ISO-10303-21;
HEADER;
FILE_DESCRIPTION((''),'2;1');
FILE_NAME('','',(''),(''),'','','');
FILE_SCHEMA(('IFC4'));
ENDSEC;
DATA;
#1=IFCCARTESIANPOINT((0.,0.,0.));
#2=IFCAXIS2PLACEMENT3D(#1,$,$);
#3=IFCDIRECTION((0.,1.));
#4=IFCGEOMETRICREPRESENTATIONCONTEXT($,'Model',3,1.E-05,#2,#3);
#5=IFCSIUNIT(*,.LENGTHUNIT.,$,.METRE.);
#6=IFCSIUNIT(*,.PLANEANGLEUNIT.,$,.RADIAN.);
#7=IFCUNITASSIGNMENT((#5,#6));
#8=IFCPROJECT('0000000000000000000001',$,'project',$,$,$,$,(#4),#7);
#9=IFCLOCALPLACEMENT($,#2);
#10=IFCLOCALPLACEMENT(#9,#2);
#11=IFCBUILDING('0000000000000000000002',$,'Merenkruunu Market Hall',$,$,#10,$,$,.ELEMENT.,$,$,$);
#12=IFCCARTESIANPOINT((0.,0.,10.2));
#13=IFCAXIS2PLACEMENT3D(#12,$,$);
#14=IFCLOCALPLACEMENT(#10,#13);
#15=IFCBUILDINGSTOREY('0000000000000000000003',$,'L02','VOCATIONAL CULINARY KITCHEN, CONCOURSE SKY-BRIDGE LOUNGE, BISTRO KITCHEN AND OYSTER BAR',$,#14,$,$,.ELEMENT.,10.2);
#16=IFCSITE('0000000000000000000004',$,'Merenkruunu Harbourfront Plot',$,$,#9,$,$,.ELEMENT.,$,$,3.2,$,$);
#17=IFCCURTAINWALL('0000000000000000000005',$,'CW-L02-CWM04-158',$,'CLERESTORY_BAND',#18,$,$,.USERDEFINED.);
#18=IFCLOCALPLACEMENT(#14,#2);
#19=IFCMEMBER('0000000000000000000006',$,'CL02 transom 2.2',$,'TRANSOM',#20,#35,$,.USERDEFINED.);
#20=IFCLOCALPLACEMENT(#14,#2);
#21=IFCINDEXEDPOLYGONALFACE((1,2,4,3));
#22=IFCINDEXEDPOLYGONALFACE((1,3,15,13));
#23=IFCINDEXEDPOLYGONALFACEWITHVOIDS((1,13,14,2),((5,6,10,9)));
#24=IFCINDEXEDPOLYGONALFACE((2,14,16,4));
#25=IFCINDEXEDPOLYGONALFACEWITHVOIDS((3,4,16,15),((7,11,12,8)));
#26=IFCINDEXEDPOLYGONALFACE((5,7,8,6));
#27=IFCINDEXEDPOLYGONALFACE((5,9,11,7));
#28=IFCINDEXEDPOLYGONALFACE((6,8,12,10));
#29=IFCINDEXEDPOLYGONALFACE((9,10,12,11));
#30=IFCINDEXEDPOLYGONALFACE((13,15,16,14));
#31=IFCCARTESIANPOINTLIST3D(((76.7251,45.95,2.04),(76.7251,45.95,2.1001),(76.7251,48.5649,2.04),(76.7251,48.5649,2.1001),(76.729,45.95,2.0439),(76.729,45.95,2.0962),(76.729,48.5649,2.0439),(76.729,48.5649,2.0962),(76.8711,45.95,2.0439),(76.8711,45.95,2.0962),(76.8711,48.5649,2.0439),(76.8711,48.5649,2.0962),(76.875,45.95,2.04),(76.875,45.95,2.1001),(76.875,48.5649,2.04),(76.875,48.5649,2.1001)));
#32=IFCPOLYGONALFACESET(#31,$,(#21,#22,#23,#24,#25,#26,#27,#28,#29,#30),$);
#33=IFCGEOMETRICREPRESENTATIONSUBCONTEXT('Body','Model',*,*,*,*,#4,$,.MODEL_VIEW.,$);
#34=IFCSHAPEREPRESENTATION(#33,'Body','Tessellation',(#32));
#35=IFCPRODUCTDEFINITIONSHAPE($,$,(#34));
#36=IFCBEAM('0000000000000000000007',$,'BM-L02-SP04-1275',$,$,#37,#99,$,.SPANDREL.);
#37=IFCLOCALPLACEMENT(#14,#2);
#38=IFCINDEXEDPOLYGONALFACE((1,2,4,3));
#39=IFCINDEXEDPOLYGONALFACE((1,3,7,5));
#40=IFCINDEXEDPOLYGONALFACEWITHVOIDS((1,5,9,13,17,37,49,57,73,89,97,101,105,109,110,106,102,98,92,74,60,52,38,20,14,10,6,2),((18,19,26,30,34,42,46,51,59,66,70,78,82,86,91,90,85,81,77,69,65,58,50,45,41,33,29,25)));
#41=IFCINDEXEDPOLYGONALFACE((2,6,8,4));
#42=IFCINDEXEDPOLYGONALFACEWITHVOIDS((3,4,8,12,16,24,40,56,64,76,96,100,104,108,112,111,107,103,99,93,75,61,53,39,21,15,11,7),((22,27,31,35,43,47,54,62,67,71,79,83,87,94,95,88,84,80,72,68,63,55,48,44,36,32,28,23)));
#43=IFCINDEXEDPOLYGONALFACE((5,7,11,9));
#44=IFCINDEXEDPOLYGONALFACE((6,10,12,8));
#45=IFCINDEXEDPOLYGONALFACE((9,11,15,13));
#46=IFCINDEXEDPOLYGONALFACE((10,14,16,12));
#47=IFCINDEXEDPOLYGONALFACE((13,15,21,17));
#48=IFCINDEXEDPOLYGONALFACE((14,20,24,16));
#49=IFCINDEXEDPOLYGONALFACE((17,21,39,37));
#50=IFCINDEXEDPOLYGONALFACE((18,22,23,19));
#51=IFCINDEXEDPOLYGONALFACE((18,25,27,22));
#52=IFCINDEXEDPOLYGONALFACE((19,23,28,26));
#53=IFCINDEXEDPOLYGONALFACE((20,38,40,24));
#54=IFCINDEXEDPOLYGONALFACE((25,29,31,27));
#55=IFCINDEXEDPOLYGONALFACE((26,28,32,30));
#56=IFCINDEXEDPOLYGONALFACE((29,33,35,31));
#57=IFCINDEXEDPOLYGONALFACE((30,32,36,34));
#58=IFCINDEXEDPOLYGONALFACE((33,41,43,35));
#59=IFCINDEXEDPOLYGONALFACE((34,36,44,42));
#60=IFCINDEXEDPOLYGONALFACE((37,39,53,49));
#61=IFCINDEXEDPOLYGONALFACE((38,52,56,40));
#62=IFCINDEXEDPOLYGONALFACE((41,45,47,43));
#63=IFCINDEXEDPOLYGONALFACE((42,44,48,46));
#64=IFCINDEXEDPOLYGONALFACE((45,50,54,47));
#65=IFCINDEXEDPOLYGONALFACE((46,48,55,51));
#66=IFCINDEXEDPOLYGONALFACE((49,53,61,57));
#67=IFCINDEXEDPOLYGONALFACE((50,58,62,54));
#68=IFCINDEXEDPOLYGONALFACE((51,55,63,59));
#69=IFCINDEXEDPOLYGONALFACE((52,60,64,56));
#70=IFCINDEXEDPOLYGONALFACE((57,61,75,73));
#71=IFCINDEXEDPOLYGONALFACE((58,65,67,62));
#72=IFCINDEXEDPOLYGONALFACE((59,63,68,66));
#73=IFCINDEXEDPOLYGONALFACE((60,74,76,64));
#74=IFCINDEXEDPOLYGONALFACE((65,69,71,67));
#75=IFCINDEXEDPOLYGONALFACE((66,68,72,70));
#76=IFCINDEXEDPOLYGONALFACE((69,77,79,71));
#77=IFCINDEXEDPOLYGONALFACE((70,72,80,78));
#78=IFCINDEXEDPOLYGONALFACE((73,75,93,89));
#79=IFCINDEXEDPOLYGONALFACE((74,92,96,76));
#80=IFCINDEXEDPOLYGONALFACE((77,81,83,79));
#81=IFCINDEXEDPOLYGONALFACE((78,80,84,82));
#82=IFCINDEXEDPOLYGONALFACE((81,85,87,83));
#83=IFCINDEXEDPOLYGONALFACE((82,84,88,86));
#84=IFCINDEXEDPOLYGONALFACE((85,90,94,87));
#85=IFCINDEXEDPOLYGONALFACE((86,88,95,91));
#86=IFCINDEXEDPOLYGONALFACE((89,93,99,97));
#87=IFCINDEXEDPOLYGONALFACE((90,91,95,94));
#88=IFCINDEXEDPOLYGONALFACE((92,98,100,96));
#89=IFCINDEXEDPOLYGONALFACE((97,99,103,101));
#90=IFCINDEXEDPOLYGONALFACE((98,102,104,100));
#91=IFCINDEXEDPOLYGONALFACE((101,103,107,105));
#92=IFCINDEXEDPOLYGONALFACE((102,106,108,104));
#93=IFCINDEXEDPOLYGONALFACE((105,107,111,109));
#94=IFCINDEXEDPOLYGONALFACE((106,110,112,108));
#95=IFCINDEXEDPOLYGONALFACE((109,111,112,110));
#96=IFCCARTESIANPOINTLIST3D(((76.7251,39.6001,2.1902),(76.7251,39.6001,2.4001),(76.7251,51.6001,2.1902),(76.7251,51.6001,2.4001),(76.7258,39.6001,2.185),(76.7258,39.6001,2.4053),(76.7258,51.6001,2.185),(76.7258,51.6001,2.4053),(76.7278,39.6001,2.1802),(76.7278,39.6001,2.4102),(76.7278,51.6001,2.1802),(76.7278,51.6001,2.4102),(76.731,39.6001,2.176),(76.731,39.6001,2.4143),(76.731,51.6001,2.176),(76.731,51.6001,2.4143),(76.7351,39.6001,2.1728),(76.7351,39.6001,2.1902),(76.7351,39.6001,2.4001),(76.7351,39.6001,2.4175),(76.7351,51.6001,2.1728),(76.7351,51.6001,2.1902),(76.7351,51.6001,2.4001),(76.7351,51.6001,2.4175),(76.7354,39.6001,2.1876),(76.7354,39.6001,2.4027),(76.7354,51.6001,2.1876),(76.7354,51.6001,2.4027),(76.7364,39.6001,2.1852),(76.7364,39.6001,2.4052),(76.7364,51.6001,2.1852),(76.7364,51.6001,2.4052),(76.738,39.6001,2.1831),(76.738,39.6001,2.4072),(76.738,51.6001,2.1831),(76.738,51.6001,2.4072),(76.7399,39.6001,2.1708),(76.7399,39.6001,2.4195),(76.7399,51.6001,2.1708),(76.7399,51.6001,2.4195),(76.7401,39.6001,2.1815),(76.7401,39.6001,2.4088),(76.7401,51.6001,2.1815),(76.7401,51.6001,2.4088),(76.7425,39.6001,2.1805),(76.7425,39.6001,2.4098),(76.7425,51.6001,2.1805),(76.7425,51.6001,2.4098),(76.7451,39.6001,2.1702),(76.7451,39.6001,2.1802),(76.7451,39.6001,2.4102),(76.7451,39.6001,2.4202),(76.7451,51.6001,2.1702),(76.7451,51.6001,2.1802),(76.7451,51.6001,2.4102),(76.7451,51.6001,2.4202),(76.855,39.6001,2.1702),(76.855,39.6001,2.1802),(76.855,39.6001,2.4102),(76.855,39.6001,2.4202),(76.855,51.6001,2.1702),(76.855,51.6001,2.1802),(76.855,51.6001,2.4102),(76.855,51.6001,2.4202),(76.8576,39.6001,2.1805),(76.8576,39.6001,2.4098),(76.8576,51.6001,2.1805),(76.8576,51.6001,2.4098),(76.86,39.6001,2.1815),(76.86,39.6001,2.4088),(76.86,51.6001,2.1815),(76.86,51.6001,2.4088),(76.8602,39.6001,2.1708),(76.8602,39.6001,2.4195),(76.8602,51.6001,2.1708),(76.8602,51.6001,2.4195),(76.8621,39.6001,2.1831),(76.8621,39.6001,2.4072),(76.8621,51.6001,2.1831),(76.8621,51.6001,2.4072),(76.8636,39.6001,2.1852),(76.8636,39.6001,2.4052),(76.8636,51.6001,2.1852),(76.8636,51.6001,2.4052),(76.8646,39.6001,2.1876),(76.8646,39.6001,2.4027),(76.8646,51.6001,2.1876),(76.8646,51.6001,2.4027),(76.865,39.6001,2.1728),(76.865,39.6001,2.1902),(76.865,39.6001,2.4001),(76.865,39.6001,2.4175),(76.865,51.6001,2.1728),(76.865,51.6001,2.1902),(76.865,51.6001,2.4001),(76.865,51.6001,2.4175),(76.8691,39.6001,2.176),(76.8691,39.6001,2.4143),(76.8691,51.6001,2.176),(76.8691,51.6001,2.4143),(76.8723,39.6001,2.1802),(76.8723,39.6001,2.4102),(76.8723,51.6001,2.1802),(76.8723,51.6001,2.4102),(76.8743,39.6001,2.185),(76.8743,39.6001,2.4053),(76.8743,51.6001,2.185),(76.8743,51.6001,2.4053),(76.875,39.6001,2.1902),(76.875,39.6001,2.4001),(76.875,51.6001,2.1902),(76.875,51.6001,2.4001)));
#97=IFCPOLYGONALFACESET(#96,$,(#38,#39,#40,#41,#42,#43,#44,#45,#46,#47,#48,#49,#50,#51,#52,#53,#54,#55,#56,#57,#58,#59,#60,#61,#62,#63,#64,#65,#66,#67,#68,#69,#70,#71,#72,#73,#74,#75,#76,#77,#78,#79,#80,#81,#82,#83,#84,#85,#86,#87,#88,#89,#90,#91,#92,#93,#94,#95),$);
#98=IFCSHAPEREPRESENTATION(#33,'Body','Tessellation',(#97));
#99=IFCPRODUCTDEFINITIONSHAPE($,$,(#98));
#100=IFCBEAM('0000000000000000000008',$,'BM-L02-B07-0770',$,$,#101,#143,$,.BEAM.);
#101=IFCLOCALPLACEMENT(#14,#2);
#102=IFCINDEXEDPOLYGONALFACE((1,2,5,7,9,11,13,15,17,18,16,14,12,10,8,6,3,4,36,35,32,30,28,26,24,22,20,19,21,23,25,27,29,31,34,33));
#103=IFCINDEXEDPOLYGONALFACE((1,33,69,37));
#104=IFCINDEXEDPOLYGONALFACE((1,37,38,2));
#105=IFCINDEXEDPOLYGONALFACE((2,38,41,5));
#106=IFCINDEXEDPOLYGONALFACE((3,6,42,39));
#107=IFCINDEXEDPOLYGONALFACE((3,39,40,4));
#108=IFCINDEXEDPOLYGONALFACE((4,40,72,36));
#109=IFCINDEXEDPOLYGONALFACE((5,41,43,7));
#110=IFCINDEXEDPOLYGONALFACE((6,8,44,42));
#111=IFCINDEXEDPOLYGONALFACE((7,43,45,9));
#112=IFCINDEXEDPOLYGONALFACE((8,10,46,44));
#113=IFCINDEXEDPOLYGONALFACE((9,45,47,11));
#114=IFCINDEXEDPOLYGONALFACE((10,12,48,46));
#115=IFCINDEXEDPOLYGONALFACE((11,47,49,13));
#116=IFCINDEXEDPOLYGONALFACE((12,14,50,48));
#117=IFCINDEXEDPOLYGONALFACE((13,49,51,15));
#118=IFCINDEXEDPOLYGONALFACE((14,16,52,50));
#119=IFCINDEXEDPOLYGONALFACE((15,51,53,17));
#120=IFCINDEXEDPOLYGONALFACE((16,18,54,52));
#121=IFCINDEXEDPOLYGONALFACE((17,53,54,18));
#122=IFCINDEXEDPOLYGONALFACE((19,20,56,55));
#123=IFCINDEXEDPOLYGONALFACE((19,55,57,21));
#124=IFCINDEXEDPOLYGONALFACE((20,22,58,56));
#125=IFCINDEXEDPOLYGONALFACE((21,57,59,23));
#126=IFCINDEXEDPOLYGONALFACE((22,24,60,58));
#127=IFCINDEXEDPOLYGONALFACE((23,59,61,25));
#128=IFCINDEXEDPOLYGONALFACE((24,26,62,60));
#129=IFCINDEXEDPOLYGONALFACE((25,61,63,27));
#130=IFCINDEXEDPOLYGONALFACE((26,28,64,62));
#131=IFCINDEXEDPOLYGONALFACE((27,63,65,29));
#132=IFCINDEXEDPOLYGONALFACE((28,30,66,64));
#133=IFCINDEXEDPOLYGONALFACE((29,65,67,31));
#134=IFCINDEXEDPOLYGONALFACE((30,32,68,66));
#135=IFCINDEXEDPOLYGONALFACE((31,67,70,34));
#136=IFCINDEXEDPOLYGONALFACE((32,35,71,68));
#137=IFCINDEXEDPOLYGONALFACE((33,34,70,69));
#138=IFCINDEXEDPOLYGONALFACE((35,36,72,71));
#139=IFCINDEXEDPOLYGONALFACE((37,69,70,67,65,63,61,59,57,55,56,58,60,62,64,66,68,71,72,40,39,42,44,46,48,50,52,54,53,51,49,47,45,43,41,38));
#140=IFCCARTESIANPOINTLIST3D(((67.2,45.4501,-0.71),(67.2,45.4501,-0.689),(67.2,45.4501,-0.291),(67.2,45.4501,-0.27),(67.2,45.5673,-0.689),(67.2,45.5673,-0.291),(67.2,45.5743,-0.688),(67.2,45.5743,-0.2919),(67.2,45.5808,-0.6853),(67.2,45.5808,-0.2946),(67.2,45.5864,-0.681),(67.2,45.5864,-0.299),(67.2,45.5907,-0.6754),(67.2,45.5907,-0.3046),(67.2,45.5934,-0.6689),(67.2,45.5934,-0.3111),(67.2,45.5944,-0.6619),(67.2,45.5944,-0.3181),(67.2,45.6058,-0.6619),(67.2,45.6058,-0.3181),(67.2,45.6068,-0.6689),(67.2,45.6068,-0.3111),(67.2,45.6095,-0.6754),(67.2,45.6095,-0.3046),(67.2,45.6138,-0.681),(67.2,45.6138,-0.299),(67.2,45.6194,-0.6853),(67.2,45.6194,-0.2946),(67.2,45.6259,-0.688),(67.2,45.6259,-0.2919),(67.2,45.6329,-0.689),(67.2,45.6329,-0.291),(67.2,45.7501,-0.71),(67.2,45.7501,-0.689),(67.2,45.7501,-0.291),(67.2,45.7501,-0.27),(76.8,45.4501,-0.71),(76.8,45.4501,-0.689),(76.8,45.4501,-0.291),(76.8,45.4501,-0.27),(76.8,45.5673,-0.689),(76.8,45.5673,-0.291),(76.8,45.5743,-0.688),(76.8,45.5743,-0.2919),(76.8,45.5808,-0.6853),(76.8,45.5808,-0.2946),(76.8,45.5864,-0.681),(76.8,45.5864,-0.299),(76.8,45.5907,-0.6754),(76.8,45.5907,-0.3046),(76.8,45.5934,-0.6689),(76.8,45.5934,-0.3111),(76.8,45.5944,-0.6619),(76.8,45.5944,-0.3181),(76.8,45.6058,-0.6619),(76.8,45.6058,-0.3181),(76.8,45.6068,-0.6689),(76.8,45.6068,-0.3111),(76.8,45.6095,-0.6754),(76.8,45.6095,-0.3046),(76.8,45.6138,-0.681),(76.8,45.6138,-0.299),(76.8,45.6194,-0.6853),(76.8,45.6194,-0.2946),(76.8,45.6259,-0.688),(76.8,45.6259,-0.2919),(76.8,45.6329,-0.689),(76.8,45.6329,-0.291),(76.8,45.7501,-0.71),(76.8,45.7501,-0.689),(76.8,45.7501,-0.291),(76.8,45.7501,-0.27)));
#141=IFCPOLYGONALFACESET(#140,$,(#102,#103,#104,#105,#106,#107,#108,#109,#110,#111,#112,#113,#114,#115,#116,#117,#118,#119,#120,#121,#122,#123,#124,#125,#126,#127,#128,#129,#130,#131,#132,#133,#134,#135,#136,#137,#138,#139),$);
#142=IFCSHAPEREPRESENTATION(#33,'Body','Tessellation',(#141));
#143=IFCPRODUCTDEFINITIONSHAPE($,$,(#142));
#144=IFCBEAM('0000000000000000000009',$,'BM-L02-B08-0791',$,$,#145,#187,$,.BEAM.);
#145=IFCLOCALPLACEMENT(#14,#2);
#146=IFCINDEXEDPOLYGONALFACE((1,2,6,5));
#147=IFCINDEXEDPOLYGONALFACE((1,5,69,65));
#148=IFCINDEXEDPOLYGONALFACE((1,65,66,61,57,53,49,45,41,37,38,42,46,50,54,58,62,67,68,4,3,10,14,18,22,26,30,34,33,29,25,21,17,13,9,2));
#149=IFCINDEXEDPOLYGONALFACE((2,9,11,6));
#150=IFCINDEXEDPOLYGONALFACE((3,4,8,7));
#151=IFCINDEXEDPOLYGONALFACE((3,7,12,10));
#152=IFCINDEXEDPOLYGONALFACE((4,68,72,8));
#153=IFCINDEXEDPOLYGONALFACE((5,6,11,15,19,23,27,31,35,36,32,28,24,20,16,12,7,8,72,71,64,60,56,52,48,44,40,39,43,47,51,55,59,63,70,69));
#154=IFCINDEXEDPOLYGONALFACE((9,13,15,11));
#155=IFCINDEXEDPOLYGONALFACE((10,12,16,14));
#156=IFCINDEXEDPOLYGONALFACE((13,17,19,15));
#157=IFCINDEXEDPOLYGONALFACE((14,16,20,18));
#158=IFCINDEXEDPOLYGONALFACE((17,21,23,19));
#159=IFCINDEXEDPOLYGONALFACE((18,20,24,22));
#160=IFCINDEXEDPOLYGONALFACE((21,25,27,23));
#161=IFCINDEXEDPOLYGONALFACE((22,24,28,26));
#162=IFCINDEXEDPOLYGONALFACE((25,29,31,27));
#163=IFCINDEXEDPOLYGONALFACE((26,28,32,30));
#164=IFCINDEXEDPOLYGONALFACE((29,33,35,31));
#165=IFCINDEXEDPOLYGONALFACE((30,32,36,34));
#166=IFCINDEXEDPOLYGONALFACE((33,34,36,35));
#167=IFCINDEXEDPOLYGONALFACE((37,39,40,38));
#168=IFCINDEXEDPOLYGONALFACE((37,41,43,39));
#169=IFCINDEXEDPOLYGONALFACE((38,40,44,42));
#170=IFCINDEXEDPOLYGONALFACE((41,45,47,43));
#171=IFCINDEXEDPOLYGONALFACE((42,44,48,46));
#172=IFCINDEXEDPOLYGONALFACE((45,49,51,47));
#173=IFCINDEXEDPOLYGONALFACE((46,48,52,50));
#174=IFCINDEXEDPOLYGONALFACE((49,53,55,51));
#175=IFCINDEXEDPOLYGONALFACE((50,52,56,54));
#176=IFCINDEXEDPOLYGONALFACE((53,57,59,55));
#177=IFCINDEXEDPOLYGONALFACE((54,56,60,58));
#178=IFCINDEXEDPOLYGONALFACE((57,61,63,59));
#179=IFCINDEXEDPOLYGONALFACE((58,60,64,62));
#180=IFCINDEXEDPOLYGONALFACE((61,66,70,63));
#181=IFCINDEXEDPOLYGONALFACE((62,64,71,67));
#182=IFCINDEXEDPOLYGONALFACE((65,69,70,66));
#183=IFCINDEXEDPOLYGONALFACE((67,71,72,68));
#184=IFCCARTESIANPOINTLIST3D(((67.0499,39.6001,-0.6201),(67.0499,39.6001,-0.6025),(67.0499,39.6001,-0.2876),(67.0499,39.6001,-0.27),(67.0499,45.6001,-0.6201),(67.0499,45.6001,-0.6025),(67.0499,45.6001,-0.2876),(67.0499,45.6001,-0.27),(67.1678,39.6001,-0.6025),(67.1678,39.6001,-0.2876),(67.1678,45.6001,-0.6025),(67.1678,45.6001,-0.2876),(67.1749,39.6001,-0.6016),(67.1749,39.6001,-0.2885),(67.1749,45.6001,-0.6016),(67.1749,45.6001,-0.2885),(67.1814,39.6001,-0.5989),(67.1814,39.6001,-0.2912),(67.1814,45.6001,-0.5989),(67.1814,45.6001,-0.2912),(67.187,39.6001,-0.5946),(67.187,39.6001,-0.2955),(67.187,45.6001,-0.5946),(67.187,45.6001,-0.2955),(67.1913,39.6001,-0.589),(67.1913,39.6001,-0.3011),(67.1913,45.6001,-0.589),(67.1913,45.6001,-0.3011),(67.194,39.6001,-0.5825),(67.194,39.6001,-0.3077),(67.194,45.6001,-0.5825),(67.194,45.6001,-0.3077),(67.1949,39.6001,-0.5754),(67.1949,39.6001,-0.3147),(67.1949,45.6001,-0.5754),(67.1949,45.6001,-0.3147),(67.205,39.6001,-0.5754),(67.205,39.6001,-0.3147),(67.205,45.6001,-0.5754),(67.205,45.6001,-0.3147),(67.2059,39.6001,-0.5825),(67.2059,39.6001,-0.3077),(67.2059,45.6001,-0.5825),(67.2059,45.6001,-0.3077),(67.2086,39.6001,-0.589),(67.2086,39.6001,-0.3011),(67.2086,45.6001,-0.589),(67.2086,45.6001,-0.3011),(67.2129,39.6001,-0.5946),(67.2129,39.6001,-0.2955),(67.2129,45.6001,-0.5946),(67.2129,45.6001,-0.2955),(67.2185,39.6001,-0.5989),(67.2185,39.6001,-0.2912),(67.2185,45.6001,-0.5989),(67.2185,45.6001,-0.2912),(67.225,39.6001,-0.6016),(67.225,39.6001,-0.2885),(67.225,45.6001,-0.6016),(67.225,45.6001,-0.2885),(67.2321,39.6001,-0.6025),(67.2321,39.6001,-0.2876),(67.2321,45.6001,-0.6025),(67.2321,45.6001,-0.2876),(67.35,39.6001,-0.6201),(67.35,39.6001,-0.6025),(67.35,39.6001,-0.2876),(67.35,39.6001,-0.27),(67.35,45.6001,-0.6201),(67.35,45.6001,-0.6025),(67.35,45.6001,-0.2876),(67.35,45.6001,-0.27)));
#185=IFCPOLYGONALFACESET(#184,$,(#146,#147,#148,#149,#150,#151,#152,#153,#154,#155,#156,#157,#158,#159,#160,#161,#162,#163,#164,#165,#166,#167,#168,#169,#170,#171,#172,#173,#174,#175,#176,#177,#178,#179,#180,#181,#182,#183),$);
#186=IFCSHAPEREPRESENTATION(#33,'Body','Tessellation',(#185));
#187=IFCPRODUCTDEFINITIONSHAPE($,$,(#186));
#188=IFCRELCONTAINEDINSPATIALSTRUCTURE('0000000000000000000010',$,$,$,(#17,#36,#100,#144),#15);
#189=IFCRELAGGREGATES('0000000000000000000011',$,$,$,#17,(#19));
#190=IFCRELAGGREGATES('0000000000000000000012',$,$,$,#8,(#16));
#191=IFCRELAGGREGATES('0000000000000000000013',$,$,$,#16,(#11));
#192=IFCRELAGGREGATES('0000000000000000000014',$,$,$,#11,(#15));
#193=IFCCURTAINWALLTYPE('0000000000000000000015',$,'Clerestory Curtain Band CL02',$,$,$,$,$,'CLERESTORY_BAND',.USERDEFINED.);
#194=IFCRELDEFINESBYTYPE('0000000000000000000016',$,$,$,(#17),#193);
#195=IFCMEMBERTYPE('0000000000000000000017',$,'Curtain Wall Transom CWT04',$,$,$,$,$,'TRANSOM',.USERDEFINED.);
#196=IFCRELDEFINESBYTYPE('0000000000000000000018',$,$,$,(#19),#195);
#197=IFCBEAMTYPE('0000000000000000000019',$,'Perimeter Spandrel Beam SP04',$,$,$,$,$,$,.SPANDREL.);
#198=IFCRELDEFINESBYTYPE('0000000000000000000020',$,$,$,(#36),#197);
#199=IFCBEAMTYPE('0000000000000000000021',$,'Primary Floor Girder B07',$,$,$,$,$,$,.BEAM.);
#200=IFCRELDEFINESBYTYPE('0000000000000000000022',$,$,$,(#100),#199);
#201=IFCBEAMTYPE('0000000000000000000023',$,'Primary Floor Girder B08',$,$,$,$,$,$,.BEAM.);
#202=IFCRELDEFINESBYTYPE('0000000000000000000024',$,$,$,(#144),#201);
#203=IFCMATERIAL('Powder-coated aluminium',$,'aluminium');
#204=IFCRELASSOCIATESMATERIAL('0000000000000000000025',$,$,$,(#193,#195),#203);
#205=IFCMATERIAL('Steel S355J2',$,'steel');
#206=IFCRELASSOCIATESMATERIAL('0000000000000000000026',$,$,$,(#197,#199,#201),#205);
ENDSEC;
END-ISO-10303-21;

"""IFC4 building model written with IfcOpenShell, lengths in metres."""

from ifc_helpers import new_model, si_unit, direction, frame, origin, origin_2d, place, context, subcontext, project, spatial, hollow_rectangle, i_section, extrude, material, material_profile, profile_set, type_object, element, aggregate, save


model = new_model("IFC4")

# Units and contexts
model_context = context("Model", 3, precision=1e-05, world=origin(), true_north=direction((0.0, 1.0)))
body_context = subcontext(model_context, "Body", "Model", "MODEL_VIEW")
ifc_project = project(units=[si_unit("LENGTHUNIT", "METRE"), si_unit("PLANEANGLEUNIT", "RADIAN")], contexts=[model_context])

# Site, building, storey
site_placement = place(None, origin())
site = spatial("IfcSite", under=ifc_project, at=site_placement, Name="Merenkruunu Harbourfront Plot", CompositionType="ELEMENT", RefElevation=3.2)
building_placement = place(site_placement, origin())
building = spatial("IfcBuilding", under=site, at=building_placement, Name="Merenkruunu Market Hall", CompositionType="ELEMENT")
storey_placement = place(building_placement, frame((0.0, 0.0, 10.2)))
storey = spatial("IfcBuildingStorey", under=building, at=storey_placement, Name="L02", Description="VOCATIONAL CULINARY KITCHEN, CONCOURSE SKY-BRIDGE LOUNGE, BISTRO KITCHEN AND OYSTER BAR", CompositionType="ELEMENT", Elevation=10.2)

# Curtain wall, member
ifc_material_1 = material(Name="Powder-coated aluminium", Category="aluminium")
curtain_wall_type = type_object("IfcCurtainWallType", Name="Clerestory Curtain Band CL02", ElementType="CLERESTORY_BAND", PredefinedType="USERDEFINED", material=ifc_material_1)
curtain_wall_placement = place(storey_placement, origin())
curtain_wall = element("IfcCurtainWall", 1, at=curtain_wall_placement, inside=storey, type_object=curtain_wall_type, Name="CW-L02-CWM04-158", ObjectType="CLERESTORY_BAND", PredefinedType="USERDEFINED")
ifc_material_profile_1 = material_profile(ifc_material_1, hollow_rectangle(XDim=0.0601, YDim=0.1499, WallThickness=0.0039, at=origin_2d()), Name="ALU 60x150x4")
ifc_profile_set_1 = profile_set([ifc_material_profile_1], Name="Powder-coated aluminium")
member_type_1 = type_object("IfcMemberType", Name="Curtain Wall Transom CWT04", ElementType="TRANSOM", PredefinedType="USERDEFINED", material=ifc_profile_set_1)
member_1_placement = place(storey_placement, frame((76.8, 48.5649, 2.0701), z_axis=(0.0, -1.0, 0.0), x_axis=(0.0, 0.0, 1.0)))
member_1 = element("IfcMember", 2, at=member_1_placement, type_object=member_type_1, Name="CL02 transom 2.2", ObjectType="TRANSOM", PredefinedType="USERDEFINED", context=body_context, shape_type="SweptSolid", body=[
    extrude(hollow_rectangle(XDim=0.0601, YDim=0.1499, WallThickness=0.0039, at=origin_2d()), origin(), (0.0, 0.0, 1.0), 2.615),
])

# Beams
ifc_material_2 = material(Name="Steel S355J2", Category="steel")
ifc_material_profile_2 = material_profile(ifc_material_2, hollow_rectangle(XDim=0.1499, YDim=0.25, WallThickness=0.01, InnerFilletRadius=0.01, OuterFilletRadius=0.02, at=origin_2d()), Name="RHS 250x150x10")
ifc_profile_set_2 = profile_set([ifc_material_profile_2], Name="Steel S355J2")
beam_type_1 = type_object("IfcBeamType", Name="Perimeter Spandrel Beam SP04", PredefinedType="SPANDREL", material=ifc_profile_set_2)
beam_1_placement = place(storey_placement, frame((76.8, 39.6001, 2.2952), z_axis=(0.0, 1.0, 0.0), x_axis=(-1.0, 0.0, 0.0)))
element("IfcBeam", 3, at=beam_1_placement, inside=storey, type_object=beam_type_1, Name="BM-L02-SP04-1275", PredefinedType="SPANDREL", context=body_context, shape_type="SweptSolid", body=[
    extrude(hollow_rectangle(XDim=0.1499, YDim=0.25, WallThickness=0.01, InnerFilletRadius=0.01, OuterFilletRadius=0.02, at=origin_2d()), origin(), (0.0, 0.0, 1.0), 12.0),
])
ifc_material_profile_3 = material_profile(ifc_material_2, i_section(OverallWidth=0.3, OverallDepth=0.4399, WebThickness=0.0115, FlangeThickness=0.021, FilletRadius=0.0271, at=origin_2d()), Name="HEA 450")
ifc_profile_set_3 = profile_set([ifc_material_profile_3], Name="Steel S355J2")
beam_type_2 = type_object("IfcBeamType", Name="Primary Floor Girder B07", PredefinedType="BEAM", material=ifc_profile_set_3)
beam_2_placement = place(storey_placement, frame((67.2, 45.6001, -0.49), z_axis=(1.0, 0.0, 0.0), x_axis=(0.0, 1.0, 0.0)))
element("IfcBeam", 4, at=beam_2_placement, inside=storey, type_object=beam_type_2, Name="BM-L02-B07-0770", PredefinedType="BEAM", context=body_context, shape_type="SweptSolid", body=[
    extrude(i_section(OverallWidth=0.3, OverallDepth=0.4399, WebThickness=0.0115, FlangeThickness=0.021, FilletRadius=0.0271, at=origin_2d()), origin(), (0.0, 0.0, 1.0), 9.6001),
])
ifc_material_profile_4 = material_profile(ifc_material_2, i_section(OverallWidth=0.3, OverallDepth=0.3501, WebThickness=0.01, FlangeThickness=0.0176, FilletRadius=0.0271, at=origin_2d()), Name="HEA 360")
ifc_profile_set_4 = profile_set([ifc_material_profile_4], Name="Steel S355J2")
beam_type_3 = type_object("IfcBeamType", Name="Primary Floor Girder B08", PredefinedType="BEAM", material=ifc_profile_set_4)
for number, where, z_axis, x_axis, name in (
    (5, (67.2, 39.6001, -0.4451), (0.0, 1.0, 0.0), (-1.0, 0.0, 0.0), "BM-L02-B08-0791"),
):
    element("IfcBeam", number, at=place(storey_placement, frame(where, z_axis=z_axis, x_axis=x_axis)), inside=storey, type_object=beam_type_3, Name=name, PredefinedType="BEAM", context=body_context, shape_type="SweptSolid", body=[
        extrude(i_section(OverallWidth=0.3, OverallDepth=0.3501, WebThickness=0.01, FlangeThickness=0.0176, FilletRadius=0.0271, at=origin_2d()), origin(), (0.0, 0.0, 1.0), 6.0),
    ])

aggregate(curtain_wall, [member_1])

save(model, "model.ifc")
